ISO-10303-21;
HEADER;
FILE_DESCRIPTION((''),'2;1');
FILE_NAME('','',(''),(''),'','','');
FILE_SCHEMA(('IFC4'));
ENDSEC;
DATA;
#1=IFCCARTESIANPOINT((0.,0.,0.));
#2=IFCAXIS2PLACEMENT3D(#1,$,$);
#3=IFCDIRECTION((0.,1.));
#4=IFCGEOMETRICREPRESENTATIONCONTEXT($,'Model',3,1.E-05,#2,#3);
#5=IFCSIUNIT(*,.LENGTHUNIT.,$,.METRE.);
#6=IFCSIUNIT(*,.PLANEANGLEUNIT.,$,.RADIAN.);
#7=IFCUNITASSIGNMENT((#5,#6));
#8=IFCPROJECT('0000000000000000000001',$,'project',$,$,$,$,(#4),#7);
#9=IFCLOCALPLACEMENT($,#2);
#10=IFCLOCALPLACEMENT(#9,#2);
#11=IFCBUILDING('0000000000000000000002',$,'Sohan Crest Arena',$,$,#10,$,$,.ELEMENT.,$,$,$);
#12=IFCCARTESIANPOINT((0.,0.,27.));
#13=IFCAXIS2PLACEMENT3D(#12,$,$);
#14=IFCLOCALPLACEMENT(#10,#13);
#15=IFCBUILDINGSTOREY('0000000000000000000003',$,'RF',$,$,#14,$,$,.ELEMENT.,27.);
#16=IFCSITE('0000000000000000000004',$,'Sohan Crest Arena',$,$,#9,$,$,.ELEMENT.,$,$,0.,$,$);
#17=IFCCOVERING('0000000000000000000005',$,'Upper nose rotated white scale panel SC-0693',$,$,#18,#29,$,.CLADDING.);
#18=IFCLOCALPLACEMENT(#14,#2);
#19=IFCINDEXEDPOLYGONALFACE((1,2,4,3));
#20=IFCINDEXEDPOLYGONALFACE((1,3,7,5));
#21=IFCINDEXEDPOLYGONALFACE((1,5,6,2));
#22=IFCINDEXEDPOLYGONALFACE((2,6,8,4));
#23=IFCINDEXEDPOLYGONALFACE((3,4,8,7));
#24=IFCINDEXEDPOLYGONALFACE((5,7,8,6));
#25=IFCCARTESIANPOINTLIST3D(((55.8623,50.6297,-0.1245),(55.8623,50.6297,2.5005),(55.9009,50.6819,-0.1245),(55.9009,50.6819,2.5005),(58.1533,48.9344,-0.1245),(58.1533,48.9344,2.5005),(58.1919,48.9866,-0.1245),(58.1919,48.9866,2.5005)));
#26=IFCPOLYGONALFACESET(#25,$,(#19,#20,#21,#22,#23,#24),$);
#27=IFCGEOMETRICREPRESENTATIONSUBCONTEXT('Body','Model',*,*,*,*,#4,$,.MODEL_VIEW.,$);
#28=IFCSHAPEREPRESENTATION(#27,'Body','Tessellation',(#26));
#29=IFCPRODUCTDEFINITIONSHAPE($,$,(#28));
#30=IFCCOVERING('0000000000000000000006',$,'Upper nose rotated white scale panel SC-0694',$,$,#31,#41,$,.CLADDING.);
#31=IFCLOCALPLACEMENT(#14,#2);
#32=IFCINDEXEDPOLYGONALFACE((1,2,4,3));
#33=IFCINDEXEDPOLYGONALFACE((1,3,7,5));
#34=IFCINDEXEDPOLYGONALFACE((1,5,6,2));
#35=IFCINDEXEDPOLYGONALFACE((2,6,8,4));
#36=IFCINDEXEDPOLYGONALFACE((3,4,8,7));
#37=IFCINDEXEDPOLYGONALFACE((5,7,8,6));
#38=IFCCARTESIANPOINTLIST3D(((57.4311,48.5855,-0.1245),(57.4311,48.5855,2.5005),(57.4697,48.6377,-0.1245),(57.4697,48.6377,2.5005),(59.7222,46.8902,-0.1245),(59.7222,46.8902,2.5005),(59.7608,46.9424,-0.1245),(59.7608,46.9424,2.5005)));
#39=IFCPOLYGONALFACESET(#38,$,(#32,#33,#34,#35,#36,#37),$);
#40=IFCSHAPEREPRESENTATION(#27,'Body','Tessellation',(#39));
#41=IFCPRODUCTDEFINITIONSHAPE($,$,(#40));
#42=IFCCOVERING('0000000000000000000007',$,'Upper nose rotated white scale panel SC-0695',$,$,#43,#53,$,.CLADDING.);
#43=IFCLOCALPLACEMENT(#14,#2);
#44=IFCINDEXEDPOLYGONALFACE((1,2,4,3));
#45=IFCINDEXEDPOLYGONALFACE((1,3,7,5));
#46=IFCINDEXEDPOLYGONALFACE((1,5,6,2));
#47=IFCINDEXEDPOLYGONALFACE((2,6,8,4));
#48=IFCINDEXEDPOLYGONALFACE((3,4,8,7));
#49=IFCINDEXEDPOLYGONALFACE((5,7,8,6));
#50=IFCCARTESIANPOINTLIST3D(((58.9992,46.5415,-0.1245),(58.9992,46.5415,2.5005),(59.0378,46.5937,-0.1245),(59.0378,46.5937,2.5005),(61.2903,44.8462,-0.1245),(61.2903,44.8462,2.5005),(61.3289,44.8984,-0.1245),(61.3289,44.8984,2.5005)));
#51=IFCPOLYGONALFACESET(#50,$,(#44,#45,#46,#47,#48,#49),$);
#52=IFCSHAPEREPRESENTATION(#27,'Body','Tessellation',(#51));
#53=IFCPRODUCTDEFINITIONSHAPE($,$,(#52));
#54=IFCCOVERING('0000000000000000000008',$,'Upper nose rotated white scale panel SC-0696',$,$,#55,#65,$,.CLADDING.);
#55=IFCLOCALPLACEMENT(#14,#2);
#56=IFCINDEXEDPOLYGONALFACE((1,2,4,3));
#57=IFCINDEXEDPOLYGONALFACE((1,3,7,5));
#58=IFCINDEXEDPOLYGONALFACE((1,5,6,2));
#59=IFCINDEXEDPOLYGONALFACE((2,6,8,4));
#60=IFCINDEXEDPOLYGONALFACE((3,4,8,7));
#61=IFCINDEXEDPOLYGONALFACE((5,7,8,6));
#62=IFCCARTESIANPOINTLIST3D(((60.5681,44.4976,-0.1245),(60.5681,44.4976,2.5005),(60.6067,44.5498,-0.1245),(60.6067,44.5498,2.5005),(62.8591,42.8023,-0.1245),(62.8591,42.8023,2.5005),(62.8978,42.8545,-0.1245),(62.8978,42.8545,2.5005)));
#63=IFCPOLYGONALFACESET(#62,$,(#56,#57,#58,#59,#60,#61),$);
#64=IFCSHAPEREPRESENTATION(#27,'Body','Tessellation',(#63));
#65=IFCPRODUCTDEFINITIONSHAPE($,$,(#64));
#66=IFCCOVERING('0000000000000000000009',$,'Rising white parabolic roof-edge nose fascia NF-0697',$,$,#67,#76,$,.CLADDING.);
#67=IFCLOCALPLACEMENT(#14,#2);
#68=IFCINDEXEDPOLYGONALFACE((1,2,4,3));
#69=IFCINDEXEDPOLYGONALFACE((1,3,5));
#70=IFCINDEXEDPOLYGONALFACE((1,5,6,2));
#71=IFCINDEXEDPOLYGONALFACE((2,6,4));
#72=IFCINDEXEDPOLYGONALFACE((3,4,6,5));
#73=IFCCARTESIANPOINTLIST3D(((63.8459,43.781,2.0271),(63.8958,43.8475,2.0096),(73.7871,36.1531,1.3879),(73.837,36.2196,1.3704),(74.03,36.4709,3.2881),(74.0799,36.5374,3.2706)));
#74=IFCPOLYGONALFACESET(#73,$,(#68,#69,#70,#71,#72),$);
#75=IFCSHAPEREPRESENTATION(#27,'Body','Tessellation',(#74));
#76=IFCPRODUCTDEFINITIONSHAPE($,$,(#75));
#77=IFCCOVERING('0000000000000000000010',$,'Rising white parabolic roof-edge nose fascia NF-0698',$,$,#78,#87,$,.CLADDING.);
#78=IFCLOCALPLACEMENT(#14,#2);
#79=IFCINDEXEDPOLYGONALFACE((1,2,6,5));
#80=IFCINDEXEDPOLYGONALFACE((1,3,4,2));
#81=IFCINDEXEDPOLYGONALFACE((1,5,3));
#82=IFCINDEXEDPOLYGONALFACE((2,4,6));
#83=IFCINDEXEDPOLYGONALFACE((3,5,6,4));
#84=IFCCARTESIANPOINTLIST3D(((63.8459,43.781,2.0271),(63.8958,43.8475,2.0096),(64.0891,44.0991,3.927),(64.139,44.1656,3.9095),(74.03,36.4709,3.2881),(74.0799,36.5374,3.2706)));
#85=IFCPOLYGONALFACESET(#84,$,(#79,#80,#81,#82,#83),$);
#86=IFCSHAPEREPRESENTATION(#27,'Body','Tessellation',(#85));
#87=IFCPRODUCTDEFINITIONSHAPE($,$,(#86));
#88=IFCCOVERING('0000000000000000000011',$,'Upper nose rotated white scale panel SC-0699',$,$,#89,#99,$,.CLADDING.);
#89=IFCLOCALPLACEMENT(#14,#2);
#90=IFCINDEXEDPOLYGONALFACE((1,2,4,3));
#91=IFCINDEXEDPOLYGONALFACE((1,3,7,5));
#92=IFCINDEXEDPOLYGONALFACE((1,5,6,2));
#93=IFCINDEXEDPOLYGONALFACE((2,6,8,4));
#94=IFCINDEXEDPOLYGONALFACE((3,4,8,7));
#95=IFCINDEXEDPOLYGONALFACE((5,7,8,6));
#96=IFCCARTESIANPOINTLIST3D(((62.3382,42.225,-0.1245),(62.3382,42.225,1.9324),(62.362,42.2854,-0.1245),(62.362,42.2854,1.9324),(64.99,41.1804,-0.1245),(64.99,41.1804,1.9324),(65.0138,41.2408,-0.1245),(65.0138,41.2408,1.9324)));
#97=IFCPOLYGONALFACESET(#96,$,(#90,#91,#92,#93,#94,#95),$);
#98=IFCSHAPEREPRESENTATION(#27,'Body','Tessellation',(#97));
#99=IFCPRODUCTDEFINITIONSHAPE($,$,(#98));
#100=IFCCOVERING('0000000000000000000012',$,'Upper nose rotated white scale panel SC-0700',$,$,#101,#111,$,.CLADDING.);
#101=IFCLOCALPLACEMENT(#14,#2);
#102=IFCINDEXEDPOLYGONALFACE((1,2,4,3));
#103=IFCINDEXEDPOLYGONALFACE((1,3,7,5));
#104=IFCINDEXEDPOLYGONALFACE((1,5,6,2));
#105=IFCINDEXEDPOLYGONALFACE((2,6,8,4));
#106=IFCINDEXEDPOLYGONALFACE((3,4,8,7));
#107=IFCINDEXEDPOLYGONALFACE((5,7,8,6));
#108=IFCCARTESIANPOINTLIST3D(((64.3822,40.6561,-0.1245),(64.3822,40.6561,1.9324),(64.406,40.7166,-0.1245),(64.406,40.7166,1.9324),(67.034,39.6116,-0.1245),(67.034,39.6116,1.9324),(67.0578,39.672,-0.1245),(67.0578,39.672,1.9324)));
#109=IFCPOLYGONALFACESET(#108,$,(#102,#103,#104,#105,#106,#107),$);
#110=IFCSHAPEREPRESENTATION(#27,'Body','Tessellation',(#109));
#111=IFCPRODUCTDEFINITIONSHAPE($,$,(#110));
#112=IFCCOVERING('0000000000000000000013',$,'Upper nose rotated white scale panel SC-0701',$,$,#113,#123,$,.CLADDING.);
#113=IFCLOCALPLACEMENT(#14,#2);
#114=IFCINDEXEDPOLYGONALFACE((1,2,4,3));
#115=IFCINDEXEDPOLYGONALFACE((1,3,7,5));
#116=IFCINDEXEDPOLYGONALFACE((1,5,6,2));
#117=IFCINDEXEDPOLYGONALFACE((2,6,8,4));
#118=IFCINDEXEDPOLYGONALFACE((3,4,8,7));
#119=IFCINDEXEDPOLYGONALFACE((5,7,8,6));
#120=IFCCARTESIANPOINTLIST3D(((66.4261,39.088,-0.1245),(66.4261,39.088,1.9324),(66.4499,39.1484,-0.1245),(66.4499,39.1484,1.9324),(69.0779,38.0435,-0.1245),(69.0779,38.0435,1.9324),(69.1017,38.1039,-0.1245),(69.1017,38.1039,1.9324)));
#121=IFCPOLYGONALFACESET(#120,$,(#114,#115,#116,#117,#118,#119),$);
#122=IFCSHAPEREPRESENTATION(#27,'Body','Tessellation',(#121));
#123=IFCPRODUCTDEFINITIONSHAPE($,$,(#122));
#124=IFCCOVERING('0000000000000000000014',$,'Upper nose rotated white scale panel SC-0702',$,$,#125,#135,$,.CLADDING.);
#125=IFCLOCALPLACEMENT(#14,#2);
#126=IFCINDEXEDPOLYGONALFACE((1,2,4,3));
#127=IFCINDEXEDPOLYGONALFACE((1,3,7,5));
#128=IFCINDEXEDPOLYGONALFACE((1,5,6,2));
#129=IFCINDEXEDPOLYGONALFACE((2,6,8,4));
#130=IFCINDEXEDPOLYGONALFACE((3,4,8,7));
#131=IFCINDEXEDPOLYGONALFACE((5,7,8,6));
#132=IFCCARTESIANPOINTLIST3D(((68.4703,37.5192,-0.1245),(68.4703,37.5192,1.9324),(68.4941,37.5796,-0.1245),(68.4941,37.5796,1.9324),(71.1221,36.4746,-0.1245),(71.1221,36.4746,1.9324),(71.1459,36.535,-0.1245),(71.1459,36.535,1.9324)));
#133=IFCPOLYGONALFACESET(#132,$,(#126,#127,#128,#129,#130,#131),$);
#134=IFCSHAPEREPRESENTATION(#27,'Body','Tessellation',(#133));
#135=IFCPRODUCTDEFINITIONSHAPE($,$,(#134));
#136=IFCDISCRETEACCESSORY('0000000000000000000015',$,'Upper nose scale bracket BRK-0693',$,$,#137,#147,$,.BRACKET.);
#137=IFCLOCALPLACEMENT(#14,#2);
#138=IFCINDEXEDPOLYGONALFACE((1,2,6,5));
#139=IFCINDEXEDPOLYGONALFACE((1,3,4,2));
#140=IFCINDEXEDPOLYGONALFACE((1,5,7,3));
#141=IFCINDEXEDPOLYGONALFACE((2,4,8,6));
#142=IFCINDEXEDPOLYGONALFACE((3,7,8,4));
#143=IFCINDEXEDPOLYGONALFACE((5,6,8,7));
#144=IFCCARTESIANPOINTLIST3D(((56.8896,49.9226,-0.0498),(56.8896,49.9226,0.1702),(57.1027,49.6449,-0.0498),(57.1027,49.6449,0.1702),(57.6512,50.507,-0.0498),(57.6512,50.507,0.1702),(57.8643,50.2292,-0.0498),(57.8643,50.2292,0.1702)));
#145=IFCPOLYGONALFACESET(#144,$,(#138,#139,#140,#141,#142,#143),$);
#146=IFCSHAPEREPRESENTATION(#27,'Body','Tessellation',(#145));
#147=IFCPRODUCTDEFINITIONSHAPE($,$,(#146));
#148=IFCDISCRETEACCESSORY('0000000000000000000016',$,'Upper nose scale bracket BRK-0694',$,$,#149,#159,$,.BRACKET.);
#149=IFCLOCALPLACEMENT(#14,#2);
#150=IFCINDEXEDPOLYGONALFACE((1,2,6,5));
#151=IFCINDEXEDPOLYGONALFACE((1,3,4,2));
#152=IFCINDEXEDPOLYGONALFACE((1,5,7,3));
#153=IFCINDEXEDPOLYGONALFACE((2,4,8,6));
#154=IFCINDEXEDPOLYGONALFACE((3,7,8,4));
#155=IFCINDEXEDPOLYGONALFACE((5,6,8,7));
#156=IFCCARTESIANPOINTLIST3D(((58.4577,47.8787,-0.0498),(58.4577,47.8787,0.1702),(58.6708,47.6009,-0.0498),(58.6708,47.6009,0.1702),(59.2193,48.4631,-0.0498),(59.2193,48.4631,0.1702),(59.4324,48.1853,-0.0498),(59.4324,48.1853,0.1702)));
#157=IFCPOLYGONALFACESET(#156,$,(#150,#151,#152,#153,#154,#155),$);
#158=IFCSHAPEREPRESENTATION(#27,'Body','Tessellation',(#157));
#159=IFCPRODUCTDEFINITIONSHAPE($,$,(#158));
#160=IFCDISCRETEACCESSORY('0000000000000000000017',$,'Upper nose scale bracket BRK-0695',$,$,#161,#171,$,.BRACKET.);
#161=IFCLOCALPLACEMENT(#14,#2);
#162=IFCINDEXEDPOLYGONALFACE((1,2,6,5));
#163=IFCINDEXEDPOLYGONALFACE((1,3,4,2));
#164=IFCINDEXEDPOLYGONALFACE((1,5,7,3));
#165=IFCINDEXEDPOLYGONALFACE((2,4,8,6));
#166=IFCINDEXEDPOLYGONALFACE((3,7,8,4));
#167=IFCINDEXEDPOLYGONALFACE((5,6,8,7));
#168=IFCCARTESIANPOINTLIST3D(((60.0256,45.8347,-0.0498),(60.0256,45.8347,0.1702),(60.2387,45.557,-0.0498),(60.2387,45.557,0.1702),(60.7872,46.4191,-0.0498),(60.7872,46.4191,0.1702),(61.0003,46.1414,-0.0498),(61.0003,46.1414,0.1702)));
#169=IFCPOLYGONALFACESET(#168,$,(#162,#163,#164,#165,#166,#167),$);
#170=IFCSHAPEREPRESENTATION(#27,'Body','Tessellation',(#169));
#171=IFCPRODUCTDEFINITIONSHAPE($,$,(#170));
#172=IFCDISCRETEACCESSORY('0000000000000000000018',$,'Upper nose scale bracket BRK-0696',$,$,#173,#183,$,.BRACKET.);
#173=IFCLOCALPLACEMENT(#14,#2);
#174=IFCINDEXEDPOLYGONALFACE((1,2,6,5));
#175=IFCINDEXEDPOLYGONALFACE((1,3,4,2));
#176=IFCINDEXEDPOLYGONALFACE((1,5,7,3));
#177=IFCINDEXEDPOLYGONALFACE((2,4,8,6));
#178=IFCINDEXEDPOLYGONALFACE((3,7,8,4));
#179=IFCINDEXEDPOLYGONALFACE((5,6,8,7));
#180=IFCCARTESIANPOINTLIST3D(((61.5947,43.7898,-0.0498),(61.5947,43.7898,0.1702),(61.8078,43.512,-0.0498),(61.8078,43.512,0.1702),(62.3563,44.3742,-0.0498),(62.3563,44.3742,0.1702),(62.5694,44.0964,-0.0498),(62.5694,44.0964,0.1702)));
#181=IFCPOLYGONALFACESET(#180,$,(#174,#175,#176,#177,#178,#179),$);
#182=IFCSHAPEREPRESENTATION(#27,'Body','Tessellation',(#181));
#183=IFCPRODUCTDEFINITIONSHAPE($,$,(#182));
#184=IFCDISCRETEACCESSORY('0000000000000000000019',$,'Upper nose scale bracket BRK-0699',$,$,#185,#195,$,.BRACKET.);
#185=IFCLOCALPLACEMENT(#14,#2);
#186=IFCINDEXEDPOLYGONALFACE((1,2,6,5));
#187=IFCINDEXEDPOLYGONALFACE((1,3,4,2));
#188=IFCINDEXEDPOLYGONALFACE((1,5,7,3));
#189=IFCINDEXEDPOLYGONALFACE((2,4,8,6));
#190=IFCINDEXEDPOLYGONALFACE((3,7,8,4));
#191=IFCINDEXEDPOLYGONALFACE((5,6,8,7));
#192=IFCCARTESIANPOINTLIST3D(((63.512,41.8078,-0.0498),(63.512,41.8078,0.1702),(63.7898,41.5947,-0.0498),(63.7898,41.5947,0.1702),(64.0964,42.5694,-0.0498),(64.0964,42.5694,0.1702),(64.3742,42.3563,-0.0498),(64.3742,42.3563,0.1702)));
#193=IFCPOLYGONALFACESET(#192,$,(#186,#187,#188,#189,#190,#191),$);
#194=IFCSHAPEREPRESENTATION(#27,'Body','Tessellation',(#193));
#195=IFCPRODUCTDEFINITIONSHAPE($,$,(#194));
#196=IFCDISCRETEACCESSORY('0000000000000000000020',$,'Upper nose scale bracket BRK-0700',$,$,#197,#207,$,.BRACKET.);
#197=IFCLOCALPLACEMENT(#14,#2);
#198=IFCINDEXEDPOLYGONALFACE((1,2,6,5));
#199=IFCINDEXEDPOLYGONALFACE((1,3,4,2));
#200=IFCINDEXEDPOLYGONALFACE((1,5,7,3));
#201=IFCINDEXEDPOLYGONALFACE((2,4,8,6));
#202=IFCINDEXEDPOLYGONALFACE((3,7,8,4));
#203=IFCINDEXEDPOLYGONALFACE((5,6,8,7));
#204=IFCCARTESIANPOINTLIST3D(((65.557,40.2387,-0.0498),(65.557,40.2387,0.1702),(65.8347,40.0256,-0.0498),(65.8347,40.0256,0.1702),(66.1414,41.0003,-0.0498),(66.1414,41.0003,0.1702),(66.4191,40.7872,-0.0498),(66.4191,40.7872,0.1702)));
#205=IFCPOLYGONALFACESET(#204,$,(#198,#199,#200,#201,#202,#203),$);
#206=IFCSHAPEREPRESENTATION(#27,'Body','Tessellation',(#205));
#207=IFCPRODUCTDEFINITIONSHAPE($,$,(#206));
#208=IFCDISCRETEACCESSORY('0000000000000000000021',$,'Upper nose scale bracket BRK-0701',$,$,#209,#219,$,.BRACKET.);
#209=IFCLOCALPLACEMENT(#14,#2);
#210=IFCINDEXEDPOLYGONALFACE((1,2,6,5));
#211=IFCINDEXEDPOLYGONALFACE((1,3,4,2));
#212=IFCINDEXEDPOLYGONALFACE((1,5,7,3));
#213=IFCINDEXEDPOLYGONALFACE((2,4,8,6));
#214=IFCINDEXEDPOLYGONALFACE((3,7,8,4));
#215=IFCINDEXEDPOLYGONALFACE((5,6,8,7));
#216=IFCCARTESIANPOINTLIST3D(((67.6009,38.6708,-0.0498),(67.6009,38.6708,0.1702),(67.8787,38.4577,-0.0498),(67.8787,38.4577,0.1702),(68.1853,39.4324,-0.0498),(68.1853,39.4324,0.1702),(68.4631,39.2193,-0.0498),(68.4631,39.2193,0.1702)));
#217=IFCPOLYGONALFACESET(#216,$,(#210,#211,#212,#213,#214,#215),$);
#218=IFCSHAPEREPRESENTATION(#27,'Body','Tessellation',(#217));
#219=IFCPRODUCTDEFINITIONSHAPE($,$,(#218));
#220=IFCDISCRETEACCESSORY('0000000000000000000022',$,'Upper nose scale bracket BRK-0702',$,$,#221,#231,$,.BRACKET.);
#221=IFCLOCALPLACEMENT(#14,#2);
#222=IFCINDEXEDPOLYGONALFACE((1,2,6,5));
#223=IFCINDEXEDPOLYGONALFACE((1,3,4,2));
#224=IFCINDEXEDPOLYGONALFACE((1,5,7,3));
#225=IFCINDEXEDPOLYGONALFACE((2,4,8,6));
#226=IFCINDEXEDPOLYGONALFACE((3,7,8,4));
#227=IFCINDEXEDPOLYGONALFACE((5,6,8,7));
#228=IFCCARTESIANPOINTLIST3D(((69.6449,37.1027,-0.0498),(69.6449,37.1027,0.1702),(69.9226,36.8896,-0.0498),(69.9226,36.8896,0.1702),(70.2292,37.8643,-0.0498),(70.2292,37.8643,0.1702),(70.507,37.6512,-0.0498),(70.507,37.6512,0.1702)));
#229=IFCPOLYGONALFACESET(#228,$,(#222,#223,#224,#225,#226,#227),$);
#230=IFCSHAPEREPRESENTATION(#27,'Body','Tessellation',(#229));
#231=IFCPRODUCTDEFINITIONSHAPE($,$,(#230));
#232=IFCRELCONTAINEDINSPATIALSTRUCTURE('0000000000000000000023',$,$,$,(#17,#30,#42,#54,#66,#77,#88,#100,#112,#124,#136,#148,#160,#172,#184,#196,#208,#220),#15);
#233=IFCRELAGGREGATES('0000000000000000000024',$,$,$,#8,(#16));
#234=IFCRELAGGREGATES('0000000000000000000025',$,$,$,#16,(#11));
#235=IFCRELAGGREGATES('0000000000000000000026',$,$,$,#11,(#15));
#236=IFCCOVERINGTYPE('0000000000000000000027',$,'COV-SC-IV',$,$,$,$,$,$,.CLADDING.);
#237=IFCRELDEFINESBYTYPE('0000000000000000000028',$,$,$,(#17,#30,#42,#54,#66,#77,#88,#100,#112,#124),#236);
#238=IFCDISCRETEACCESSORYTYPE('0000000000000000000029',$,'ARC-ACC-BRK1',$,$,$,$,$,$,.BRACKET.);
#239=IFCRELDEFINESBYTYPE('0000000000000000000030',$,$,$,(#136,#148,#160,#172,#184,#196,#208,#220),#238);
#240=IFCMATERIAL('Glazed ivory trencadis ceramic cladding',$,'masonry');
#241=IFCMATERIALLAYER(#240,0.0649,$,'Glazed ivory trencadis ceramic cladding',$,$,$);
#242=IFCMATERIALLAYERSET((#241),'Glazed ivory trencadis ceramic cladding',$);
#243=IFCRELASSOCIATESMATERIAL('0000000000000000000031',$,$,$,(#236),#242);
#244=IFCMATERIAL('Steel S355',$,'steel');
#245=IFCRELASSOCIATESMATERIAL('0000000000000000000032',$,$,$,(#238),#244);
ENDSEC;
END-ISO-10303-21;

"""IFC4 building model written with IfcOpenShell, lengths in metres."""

from ifc_helpers import new_model, si_unit, direction, frame, origin, origin_2d, place, context, subcontext, project, spatial, polyline, rectangle, outline, extrude, material, layer, layer_set, type_object, element, save


model = new_model("IFC4")

# Units and contexts
model_context = context("Model", 3, precision=1e-05, world=origin(), true_north=direction((0.0, 1.0)))
body_context = subcontext(model_context, "Body", "Model", "MODEL_VIEW")
ifc_project = project(units=[si_unit("LENGTHUNIT", "METRE"), si_unit("PLANEANGLEUNIT", "RADIAN")], contexts=[model_context])

# Site, building, storey
site_placement = place(None, origin())
site = spatial("IfcSite", under=ifc_project, at=site_placement, Name="Sohan Crest Arena", CompositionType="ELEMENT", RefElevation=0.0)
building_placement = place(site_placement, origin())
building = spatial("IfcBuilding", under=site, at=building_placement, Name="Sohan Crest Arena", CompositionType="ELEMENT")
storey_placement = place(building_placement, frame((0.0, 0.0, 27.0)))
storey = spatial("IfcBuildingStorey", under=building, at=storey_placement, Name="RF", CompositionType="ELEMENT", Elevation=27.0)

# Shared definitions
ifc_material_1 = material(Name="Steel S355", Category="steel")

# Coverings
ifc_material_2 = material(Name="Glazed ivory trencadis ceramic cladding", Category="masonry")
ifc_layer_1 = layer(ifc_material_2, 0.0649, Name="Glazed ivory trencadis ceramic cladding")
ifc_layer_set_1 = layer_set([ifc_layer_1], Name="Glazed ivory trencadis ceramic cladding")
covering_type = type_object("IfcCoveringType", Name="COV-SC-IV", PredefinedType="CLADDING", material=ifc_layer_set_1)
for number, where, z_axis, x_axis, name in (
    (1, (57.0271, 49.8081, -0.1245), (0.0, 0.0, 1.0), (0.803857, -0.594823, 0.0), "Upper nose rotated white scale panel SC-0693"),
    (2, (58.5959, 47.7639, -0.1245), (0.0, 0.0, 1.0), (0.803857, -0.594823, 0.0), "Upper nose rotated white scale panel SC-0694"),
    (3, (60.1641, 45.72, -0.1245), (0.0, 0.0, 1.0), (0.803857, -0.594823, 0.0), "Upper nose rotated white scale panel SC-0695"),
    (4, (61.7329, 43.676, -0.1245), (0.0, 0.0, 1.0), (0.803857, -0.594823, 0.0), "Upper nose rotated white scale panel SC-0696"),
):
    element("IfcCovering", number, at=place(storey_placement, frame(where, z_axis=z_axis, x_axis=x_axis)), inside=storey, type_object=covering_type, Name=name, PredefinedType="CLADDING", context=body_context, shape_type="SweptSolid", body=[
        extrude(rectangle(XDim=2.8501, YDim=0.0649, at=origin_2d()), origin(), (0.0, 0.0, 1.0), 2.625),
    ])
covering_1_placement = place(storey_placement, frame((63.8459, 43.781, 2.0271), z_axis=(-0.587321, -0.782694, 0.20602), x_axis=(0.792331, -0.607961, -0.050942)))
element("IfcCovering", 5, at=covering_1_placement, inside=storey, type_object=covering_type, Name="Rising white parabolic roof-edge nose fascia NF-0697", PredefinedType="CLADDING", context=body_context, shape_type="SweptSolid", body=[
    extrude(outline(polyline([(0.0, 0.0), (12.5467, 0.0), (12.4492, 1.9394), (0.0, 0.0)])), origin(), (0.0, 0.0, -1.0), 0.085),
])
covering_2_placement = place(storey_placement, frame((63.8459, 43.781, 2.0271), z_axis=(-0.587313, -0.782649, 0.206214), x_axis=(0.808305, -0.580195, 0.100084)))
element("IfcCovering", 6, at=covering_2_placement, inside=storey, type_object=covering_type, Name="Rising white parabolic roof-edge nose fascia NF-0698", PredefinedType="CLADDING", context=body_context, shape_type="SweptSolid", body=[
    extrude(outline(polyline([(0.0, 0.0), (12.5993, 0.0), (0.2021, 1.9311), (0.0, 0.0)])), origin(), (0.0, 0.0, -1.0), 0.085),
])
for number, where, z_axis, x_axis, name in (
    (7, (63.676, 41.7329, -0.1245), (0.0, 0.0, 1.0), (0.930418, -0.366501, 0.0), "Upper nose rotated white scale panel SC-0699"),
    (8, (65.72, 40.1641, -0.1245), (0.0, 0.0, 1.0), (0.930418, -0.366501, 0.0), "Upper nose rotated white scale panel SC-0700"),
    (9, (67.7639, 38.5959, -0.1245), (0.0, 0.0, 1.0), (0.930418, -0.366501, 0.0), "Upper nose rotated white scale panel SC-0701"),
    (10, (69.8081, 37.0271, -0.1245), (0.0, 0.0, 1.0), (0.930418, -0.366501, 0.0), "Upper nose rotated white scale panel SC-0702"),
):
    element("IfcCovering", number, at=place(storey_placement, frame(where, z_axis=z_axis, x_axis=x_axis)), inside=storey, type_object=covering_type, Name=name, PredefinedType="CLADDING", context=body_context, shape_type="SweptSolid", body=[
        extrude(rectangle(XDim=2.8501, YDim=0.0649, at=origin_2d()), origin(), (0.0, 0.0, 1.0), 2.0569),
    ])

# Discrete accessories
discrete_accessory_type = type_object("IfcDiscreteAccessoryType", Name="ARC-ACC-BRK1", PredefinedType="BRACKET", material=ifc_material_1)
for number, where, z_axis, x_axis, name in (
    (11, (57.377, 50.0759, -0.0498), (0.0, 0.0, 1.0), (0.608761, -0.793353, 0.0), "Upper nose scale bracket BRK-0693"),
    (12, (58.9451, 48.032, -0.0498), (0.0, 0.0, 1.0), (0.608761, -0.793353, 0.0), "Upper nose scale bracket BRK-0694"),
    (13, (60.5129, 45.988, -0.0498), (0.0, 0.0, 1.0), (0.608761, -0.793353, 0.0), "Upper nose scale bracket BRK-0695"),
    (14, (62.082, 43.9431, -0.0498), (0.0, 0.0, 1.0), (0.608761, -0.793353, 0.0), "Upper nose scale bracket BRK-0696"),
    (15, (63.9431, 42.082, -0.0498), (0.0, 0.0, 1.0), (0.793353, -0.608761, 0.0), "Upper nose scale bracket BRK-0699"),
    (16, (65.988, 40.5129, -0.0498), (0.0, 0.0, 1.0), (0.793353, -0.608761, 0.0), "Upper nose scale bracket BRK-0700"),
    (17, (68.032, 38.9451, -0.0498), (0.0, 0.0, 1.0), (0.793353, -0.608761, 0.0), "Upper nose scale bracket BRK-0701"),
    (18, (70.0759, 37.377, -0.0498), (0.0, 0.0, 1.0), (0.793353, -0.608761, 0.0), "Upper nose scale bracket BRK-0702"),
):
    element("IfcDiscreteAccessory", number, at=place(storey_placement, frame(where, z_axis=z_axis, x_axis=x_axis)), inside=storey, type_object=discrete_accessory_type, Name=name, PredefinedType="BRACKET", context=body_context, shape_type="SweptSolid", body=[
        extrude(rectangle(XDim=0.3501, YDim=0.96, at=origin_2d()), origin(), (0.0, 0.0, 1.0), 0.22),
    ])

save(model, "model.ifc")
